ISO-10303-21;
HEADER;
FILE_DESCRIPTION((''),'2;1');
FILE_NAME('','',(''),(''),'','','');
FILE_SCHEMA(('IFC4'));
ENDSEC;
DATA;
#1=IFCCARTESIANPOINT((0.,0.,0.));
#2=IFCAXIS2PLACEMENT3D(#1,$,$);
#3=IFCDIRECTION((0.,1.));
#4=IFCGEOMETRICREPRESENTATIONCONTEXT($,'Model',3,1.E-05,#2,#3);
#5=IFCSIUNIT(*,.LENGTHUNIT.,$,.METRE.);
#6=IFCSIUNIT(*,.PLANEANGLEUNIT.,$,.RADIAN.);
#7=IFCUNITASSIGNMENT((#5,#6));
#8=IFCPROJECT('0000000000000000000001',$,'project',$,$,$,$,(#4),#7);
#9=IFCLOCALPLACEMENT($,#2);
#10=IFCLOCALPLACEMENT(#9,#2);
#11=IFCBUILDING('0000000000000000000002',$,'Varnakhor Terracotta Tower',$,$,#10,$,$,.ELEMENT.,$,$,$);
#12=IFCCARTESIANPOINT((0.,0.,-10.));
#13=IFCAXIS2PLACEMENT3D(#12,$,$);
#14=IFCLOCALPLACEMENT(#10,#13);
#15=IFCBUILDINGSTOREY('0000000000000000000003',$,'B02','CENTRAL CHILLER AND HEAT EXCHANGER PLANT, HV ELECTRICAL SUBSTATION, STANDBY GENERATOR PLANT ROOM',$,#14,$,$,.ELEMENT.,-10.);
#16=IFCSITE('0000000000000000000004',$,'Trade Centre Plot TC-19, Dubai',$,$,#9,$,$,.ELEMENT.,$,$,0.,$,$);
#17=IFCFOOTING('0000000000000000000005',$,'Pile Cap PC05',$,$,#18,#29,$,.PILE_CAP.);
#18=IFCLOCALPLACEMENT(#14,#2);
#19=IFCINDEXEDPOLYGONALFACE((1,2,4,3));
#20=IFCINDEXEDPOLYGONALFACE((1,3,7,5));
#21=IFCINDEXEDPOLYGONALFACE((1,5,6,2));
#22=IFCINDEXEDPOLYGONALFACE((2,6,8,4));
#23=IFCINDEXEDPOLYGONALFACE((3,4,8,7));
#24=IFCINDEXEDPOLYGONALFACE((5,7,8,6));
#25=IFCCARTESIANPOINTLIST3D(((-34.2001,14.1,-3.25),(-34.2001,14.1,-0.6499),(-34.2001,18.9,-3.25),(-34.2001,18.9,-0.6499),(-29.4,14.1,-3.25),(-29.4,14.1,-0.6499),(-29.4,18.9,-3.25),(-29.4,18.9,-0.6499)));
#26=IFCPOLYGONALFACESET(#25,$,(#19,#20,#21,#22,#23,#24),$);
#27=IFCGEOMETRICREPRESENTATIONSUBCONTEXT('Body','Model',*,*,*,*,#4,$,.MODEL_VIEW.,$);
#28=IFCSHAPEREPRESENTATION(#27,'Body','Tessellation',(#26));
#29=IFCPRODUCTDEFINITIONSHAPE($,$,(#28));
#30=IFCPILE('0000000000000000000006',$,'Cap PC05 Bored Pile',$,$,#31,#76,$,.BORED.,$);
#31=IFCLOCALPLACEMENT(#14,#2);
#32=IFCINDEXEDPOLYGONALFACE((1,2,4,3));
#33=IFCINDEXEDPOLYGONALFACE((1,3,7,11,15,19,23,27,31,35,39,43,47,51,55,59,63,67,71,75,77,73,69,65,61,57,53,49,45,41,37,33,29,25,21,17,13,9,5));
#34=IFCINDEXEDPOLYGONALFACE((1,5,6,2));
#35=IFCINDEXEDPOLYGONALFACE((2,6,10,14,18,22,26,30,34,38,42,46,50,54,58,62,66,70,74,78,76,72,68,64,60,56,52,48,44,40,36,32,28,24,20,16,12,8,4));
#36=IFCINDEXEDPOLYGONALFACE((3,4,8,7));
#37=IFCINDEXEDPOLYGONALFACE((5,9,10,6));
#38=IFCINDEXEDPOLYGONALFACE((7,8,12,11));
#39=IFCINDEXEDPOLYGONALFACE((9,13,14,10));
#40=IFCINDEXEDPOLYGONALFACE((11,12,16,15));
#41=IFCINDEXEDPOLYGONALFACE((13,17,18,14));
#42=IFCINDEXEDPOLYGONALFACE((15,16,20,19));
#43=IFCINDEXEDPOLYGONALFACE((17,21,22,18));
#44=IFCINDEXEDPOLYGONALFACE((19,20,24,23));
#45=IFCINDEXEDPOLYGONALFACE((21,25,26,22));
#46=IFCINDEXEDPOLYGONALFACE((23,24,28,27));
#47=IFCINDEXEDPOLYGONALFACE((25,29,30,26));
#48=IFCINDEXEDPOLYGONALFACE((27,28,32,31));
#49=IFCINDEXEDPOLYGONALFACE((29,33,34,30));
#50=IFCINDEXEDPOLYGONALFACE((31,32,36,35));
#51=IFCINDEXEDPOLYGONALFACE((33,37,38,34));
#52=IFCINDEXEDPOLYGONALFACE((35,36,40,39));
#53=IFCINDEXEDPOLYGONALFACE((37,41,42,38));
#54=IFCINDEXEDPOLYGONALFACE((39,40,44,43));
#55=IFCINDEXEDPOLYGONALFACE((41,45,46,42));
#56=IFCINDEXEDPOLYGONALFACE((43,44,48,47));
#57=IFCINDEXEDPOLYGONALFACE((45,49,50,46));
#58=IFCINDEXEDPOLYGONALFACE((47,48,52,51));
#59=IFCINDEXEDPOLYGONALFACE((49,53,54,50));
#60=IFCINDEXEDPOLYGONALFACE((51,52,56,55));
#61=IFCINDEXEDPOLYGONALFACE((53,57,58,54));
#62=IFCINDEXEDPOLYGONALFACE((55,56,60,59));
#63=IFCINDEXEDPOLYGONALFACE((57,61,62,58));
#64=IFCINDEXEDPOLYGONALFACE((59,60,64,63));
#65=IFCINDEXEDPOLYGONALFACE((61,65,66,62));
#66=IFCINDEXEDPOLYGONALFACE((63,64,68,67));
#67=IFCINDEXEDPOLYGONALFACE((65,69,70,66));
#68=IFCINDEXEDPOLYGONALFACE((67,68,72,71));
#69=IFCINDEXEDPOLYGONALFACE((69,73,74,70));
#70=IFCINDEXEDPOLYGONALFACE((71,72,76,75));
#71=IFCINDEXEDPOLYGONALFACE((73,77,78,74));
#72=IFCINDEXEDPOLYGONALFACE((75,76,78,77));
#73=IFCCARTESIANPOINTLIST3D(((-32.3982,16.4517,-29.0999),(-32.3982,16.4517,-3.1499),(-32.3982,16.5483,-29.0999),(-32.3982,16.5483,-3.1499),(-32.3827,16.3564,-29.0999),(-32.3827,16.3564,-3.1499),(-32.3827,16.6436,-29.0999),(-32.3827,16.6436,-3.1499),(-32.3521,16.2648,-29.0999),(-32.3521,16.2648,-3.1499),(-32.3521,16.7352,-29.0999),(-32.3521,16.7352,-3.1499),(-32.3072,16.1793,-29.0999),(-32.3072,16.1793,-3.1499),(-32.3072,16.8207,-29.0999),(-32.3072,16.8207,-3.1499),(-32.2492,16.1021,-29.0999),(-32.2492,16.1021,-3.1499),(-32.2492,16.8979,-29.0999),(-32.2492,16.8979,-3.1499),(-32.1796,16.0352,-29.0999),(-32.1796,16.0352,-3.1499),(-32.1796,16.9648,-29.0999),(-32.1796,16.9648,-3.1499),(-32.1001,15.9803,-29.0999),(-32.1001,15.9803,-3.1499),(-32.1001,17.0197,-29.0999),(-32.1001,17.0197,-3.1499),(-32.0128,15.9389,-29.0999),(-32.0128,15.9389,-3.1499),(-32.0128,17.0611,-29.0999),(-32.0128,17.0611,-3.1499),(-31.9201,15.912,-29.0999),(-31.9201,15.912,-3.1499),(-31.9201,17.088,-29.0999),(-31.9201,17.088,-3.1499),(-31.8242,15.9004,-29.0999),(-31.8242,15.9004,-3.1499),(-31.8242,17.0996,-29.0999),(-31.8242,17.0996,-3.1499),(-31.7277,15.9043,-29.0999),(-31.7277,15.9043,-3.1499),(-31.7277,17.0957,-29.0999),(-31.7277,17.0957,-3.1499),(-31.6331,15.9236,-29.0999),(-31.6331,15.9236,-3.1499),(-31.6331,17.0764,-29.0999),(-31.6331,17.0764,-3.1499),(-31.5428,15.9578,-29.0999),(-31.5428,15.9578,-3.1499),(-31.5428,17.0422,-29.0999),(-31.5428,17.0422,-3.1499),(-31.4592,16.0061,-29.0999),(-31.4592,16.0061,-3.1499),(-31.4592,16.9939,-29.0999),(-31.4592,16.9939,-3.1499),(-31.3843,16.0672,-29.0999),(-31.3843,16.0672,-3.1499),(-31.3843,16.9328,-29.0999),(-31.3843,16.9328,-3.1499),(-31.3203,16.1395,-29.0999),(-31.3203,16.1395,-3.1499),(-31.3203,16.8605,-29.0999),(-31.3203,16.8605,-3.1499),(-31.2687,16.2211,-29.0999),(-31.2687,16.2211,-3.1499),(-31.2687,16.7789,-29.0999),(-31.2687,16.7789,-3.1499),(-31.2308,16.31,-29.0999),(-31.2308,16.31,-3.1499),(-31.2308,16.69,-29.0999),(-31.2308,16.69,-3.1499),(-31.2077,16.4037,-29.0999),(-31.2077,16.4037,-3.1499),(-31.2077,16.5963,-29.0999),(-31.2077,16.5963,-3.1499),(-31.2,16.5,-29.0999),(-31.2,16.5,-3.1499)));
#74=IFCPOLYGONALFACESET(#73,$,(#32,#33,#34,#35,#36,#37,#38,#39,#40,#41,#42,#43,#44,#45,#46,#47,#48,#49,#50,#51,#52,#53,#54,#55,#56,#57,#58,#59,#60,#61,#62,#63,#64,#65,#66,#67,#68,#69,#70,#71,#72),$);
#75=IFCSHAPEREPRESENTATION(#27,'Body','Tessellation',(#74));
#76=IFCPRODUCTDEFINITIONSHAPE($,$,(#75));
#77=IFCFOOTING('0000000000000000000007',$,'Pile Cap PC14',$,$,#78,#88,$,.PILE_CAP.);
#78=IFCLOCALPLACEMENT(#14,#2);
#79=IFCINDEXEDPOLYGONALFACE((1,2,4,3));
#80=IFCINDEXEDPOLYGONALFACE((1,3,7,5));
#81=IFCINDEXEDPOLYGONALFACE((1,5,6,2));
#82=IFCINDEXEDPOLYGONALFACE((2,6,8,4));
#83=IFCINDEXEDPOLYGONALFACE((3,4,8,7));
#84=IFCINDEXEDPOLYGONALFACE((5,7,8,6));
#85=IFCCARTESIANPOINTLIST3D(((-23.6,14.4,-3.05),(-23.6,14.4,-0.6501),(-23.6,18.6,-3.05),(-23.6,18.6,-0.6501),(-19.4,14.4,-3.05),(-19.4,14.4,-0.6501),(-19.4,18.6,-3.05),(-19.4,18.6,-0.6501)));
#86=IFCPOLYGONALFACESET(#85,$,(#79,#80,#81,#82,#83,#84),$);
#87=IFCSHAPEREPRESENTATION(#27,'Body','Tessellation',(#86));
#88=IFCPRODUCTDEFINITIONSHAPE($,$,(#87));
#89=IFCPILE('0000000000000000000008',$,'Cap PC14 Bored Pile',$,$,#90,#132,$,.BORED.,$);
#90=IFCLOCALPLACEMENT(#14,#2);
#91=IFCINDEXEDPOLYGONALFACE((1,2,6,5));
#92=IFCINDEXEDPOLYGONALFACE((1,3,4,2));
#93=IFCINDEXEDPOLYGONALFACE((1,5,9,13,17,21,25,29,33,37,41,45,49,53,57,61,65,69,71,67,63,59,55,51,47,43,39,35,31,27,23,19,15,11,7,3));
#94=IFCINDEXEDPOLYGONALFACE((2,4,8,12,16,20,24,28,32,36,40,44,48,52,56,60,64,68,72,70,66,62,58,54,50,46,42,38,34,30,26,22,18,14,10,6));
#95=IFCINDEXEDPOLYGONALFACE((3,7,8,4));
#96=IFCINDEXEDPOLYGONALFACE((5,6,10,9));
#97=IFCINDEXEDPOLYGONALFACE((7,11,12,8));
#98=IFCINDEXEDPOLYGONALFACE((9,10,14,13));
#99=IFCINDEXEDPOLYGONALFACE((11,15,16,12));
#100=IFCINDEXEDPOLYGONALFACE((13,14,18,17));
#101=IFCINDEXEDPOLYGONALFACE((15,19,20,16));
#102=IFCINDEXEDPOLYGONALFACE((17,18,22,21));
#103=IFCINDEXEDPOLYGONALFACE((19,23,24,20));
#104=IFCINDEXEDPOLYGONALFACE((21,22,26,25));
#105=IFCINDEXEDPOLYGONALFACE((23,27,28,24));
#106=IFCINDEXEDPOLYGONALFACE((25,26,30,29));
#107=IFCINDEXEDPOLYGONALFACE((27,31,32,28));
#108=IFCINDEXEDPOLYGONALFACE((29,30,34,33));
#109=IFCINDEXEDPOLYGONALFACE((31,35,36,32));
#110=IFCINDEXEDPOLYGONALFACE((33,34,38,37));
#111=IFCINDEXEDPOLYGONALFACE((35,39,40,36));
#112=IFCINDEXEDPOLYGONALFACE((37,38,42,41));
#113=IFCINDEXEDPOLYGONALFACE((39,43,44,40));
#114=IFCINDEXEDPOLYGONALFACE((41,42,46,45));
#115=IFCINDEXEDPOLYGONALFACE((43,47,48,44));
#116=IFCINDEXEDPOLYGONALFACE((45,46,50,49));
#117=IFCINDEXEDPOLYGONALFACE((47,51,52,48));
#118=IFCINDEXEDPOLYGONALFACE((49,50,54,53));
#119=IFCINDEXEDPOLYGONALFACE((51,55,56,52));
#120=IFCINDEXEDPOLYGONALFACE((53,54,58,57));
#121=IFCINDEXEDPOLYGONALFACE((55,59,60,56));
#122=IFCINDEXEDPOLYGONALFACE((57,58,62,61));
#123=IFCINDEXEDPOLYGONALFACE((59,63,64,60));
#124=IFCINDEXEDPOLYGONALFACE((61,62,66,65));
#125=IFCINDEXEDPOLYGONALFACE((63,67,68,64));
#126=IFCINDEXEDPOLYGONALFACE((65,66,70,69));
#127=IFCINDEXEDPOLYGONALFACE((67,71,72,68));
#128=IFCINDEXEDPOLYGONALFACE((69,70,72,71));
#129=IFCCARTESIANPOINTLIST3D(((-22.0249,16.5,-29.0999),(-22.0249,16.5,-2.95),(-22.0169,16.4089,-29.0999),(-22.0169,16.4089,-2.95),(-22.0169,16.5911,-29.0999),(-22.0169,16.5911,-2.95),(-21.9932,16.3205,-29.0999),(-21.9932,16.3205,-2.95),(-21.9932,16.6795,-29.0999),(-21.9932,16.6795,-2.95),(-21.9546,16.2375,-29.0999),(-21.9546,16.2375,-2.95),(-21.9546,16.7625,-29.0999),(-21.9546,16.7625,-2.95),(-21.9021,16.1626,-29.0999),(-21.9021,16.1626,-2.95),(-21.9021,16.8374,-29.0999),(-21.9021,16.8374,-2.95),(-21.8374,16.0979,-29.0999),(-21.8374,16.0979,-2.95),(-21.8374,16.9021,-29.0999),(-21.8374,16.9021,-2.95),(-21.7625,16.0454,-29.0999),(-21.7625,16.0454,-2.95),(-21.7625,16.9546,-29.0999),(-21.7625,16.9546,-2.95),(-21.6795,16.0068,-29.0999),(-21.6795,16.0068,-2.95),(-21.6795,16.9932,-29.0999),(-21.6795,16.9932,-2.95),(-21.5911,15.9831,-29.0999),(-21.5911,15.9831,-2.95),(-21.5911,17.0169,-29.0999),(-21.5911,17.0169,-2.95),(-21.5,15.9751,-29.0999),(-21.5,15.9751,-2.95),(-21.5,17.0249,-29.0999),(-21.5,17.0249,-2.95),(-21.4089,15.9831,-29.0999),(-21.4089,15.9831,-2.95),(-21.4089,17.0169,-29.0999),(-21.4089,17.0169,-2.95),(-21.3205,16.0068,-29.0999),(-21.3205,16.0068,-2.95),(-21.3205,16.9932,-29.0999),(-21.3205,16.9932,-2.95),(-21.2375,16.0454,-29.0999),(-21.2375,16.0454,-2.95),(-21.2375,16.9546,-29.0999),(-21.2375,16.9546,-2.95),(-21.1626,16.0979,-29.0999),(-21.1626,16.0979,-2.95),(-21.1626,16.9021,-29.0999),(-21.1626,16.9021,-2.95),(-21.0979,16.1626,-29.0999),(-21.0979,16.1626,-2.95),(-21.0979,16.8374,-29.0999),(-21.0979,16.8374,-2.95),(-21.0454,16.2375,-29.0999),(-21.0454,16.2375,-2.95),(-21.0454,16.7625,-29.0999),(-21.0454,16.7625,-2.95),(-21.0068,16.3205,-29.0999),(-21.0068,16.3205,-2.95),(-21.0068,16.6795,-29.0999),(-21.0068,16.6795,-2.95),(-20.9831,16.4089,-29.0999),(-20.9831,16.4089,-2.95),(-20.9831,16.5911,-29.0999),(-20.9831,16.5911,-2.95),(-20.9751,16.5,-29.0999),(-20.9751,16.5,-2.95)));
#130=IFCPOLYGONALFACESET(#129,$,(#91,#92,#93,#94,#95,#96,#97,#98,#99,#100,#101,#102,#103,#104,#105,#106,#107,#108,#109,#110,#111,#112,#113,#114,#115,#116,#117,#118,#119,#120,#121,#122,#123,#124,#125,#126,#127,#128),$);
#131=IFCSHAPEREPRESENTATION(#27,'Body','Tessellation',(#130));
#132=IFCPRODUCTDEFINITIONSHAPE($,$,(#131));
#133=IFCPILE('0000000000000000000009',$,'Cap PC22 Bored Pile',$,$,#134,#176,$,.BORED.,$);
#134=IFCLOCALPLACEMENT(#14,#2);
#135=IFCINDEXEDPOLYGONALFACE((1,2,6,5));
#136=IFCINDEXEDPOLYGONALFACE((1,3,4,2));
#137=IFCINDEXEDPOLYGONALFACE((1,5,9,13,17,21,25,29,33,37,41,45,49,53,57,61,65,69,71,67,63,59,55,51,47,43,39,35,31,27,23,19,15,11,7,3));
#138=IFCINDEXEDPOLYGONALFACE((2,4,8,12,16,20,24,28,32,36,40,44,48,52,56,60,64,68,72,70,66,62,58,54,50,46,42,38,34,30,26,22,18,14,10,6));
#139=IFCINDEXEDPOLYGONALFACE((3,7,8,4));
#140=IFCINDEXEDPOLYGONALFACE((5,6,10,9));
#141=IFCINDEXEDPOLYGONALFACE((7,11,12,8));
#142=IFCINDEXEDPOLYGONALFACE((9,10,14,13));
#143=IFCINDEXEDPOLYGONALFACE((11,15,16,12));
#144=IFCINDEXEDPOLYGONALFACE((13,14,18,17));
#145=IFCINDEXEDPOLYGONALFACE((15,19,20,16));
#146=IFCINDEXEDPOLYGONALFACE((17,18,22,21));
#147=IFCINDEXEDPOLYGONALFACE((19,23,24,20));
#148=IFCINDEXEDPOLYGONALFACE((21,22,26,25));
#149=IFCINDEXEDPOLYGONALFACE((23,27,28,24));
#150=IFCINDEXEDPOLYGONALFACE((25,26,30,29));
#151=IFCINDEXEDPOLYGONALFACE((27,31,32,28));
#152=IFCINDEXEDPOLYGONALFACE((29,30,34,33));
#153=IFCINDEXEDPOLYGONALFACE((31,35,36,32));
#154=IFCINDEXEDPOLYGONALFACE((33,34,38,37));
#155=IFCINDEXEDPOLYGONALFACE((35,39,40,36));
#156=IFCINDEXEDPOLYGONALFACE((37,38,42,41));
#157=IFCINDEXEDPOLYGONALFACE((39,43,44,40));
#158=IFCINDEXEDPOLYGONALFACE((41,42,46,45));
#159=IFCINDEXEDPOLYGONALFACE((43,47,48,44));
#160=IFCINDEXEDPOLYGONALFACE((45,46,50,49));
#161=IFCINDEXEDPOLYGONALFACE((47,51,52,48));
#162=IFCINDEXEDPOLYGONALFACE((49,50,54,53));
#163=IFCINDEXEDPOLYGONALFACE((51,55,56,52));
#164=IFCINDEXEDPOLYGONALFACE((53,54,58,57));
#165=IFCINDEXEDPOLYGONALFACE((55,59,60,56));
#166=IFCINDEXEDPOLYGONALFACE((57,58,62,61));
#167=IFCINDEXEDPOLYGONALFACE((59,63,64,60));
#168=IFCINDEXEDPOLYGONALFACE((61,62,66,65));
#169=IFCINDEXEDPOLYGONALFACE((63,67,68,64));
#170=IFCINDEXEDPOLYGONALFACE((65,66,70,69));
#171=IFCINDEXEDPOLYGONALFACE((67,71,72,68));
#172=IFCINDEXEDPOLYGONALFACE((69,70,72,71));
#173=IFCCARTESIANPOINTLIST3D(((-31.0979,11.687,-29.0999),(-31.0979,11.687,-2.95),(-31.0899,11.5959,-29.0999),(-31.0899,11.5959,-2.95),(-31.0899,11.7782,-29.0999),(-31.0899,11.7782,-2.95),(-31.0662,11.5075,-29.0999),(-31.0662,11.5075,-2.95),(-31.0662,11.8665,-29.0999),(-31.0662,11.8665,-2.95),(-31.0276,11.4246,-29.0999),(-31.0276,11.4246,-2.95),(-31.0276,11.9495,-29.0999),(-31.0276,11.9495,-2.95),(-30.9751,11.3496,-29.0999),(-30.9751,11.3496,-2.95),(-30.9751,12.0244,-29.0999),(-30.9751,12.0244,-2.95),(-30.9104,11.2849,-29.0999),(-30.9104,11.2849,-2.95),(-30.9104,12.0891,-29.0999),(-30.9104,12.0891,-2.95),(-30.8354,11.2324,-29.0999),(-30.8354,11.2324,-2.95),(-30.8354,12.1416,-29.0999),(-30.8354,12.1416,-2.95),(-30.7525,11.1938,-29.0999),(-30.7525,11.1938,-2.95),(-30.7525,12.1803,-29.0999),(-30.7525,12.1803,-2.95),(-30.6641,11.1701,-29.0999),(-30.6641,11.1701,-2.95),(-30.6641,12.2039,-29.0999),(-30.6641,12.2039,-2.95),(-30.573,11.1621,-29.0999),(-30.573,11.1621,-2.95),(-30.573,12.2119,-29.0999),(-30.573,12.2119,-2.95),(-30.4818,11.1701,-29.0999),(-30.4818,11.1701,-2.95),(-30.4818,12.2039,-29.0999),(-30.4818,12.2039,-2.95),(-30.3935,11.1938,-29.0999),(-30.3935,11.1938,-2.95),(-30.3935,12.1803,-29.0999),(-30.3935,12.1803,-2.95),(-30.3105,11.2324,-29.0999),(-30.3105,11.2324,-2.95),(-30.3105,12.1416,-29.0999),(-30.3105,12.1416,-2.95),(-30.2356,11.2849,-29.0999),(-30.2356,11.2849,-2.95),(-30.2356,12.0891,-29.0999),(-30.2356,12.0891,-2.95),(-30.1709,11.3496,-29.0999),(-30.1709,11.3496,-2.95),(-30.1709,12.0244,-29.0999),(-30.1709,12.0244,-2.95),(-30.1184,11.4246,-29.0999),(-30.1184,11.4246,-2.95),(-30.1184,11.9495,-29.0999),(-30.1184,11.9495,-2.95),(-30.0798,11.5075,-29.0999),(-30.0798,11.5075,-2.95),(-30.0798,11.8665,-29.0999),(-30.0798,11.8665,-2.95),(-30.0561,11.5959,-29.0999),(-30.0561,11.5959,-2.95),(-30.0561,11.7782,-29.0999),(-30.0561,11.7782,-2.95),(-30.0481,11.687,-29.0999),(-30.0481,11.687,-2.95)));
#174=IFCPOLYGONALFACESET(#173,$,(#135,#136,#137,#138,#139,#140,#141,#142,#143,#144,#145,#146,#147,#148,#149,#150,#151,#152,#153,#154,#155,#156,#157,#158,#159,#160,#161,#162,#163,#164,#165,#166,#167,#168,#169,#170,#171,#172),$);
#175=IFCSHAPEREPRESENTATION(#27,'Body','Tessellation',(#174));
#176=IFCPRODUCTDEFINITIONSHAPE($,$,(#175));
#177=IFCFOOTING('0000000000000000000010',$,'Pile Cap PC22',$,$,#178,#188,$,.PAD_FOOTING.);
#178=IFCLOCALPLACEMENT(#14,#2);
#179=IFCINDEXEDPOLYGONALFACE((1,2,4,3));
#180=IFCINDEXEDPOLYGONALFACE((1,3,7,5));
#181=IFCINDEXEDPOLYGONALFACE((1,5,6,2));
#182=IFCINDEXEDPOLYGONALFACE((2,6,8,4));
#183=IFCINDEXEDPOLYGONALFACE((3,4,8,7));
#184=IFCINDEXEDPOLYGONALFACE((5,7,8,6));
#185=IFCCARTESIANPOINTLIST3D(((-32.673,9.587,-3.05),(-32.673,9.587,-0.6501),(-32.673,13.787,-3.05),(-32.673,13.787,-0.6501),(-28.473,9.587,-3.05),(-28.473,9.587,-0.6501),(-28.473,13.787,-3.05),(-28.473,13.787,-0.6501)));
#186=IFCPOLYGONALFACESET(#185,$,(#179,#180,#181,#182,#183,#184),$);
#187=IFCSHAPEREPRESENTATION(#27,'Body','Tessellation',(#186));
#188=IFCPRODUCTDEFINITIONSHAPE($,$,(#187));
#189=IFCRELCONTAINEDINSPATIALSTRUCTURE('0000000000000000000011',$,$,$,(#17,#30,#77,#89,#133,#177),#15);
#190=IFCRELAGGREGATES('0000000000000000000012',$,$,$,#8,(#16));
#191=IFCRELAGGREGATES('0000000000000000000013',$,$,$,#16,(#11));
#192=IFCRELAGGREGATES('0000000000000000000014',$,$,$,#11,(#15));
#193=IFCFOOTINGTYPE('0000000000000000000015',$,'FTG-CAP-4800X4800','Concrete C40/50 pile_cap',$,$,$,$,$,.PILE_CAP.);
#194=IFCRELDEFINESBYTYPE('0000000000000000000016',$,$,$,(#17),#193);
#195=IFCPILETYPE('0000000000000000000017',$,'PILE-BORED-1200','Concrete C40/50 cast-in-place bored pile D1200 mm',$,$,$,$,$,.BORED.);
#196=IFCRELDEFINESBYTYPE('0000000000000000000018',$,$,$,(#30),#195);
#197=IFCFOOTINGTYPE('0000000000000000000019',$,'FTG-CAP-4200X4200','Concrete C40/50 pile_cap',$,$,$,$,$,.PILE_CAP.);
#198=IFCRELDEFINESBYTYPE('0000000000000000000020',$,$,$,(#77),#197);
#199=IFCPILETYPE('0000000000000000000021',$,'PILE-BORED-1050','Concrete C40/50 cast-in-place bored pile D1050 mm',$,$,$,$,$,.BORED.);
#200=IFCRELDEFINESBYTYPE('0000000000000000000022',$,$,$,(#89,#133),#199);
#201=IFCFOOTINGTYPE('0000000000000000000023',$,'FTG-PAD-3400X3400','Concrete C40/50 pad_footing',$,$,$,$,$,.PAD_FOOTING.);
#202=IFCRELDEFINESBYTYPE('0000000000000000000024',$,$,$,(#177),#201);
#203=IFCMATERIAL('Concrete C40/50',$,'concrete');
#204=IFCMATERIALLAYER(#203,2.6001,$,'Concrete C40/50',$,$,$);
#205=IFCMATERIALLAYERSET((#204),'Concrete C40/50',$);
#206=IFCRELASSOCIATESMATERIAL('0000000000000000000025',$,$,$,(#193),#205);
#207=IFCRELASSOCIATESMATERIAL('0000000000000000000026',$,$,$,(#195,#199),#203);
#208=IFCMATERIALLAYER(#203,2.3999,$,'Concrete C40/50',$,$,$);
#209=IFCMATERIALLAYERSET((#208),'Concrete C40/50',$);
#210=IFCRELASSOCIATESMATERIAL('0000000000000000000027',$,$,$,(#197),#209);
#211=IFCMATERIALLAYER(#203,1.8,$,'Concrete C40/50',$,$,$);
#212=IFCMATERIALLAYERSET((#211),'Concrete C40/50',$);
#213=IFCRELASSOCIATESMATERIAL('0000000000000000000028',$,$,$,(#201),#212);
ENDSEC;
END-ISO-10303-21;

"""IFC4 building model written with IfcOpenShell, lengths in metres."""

from ifc_helpers import new_model, si_unit, direction, frame, origin, origin_2d, place, context, subcontext, project, spatial, rectangle, circle, extrude, source, transform, mapped, material, layer, layer_set, material_profile, profile_set, type_object, type_shapes, element, save


model = new_model("IFC4")

# Units and contexts
model_context = context("Model", 3, precision=1e-05, world=origin(), true_north=direction((0.0, 1.0)))
body_context = subcontext(model_context, "Body", "Model", "MODEL_VIEW")
ifc_project = project(units=[si_unit("LENGTHUNIT", "METRE"), si_unit("PLANEANGLEUNIT", "RADIAN")], contexts=[model_context])

# Site, building, storey
site_placement = place(None, origin())
site = spatial("IfcSite", under=ifc_project, at=site_placement, Name="Trade Centre Plot TC-19, Dubai", CompositionType="ELEMENT", RefElevation=0.0)
building_placement = place(site_placement, origin())
building = spatial("IfcBuilding", under=site, at=building_placement, Name="Varnakhor Terracotta Tower", CompositionType="ELEMENT")
storey_placement = place(building_placement, frame((0.0, 0.0, -10.0)))
storey = spatial("IfcBuildingStorey", under=building, at=storey_placement, Name="B02", Description="CENTRAL CHILLER AND HEAT EXCHANGER PLANT, HV ELECTRICAL SUBSTATION, STANDBY GENERATOR PLANT ROOM", CompositionType="ELEMENT", Elevation=-10.0)

# Footing
ifc_material_1 = material(Name="Concrete C40/50", Category="concrete")
ifc_layer_1 = layer(ifc_material_1, 2.6001, Name="Concrete C40/50")
ifc_layer_set_1 = layer_set([ifc_layer_1], Name="Concrete C40/50")
footing_type_1 = type_object("IfcFootingType", Name="FTG-CAP-4800X4800", Description="Concrete C40/50 pile_cap", PredefinedType="PILE_CAP", material=ifc_layer_set_1)
shared_shape_1 = source(origin(), body_context, "Body", "SweptSolid", [
    extrude(rectangle(XDim=4.8, YDim=4.8, at=origin_2d()), origin(), (0.0, 0.0, 1.0), 2.6001),
])
type_shapes(footing_type_1, [shared_shape_1])
footing_1_placement = place(storey_placement, frame((-31.8, 16.5, -3.25), z_axis=(0.0, 0.0, 1.0), x_axis=(1.0, 0.0, 0.0)))
element("IfcFooting", 1, at=footing_1_placement, inside=storey, type_object=footing_type_1, Name="Pile Cap PC05", PredefinedType="PILE_CAP", context=body_context, shape_type="MappedRepresentation", body=[
    mapped(shared_shape_1, transform((0.0, 0.0, 0.0), scale=1.0)),
])

# Pile
ifc_material_profile_1 = material_profile(ifc_material_1, circle(Radius=0.6001, at=origin_2d()), Name="BORED PILE D1200")
ifc_profile_set_1 = profile_set([ifc_material_profile_1], Name="Concrete C40/50")
pile_type_1 = type_object("IfcPileType", Name="PILE-BORED-1200", Description="Concrete C40/50 cast-in-place bored pile D1200 mm", PredefinedType="BORED", material=ifc_profile_set_1)
shared_shape_2 = source(origin(), body_context, "Body", "SweptSolid", [
    extrude(circle(Radius=0.6001, at=origin_2d()), origin(), (0.0, 0.0, 1.0), 25.95),
])
type_shapes(pile_type_1, [shared_shape_2])
pile_placement = place(storey_placement, frame((-31.8, 16.5, -3.1499), z_axis=(0.0, 0.0, -1.0), x_axis=(1.0, 0.0, 0.0)))
element("IfcPile", 2, at=pile_placement, inside=storey, type_object=pile_type_1, Name="Cap PC05 Bored Pile", PredefinedType="BORED", context=body_context, shape_type="MappedRepresentation", body=[
    mapped(shared_shape_2, transform((0.0, 0.0, 0.0), scale=1.0)),
])

# Footing
ifc_layer_2 = layer(ifc_material_1, 2.3999, Name="Concrete C40/50")
ifc_layer_set_2 = layer_set([ifc_layer_2], Name="Concrete C40/50")
footing_type_2 = type_object("IfcFootingType", Name="FTG-CAP-4200X4200", Description="Concrete C40/50 pile_cap", PredefinedType="PILE_CAP", material=ifc_layer_set_2)
shared_shape_3 = source(origin(), body_context, "Body", "SweptSolid", [
    extrude(rectangle(XDim=4.2, YDim=4.2, at=origin_2d()), origin(), (0.0, 0.0, 1.0), 2.3999),
])
type_shapes(footing_type_2, [shared_shape_3])
footing_2_placement = place(storey_placement, frame((-21.5, 16.5, -3.05), z_axis=(0.0, 0.0, 1.0), x_axis=(1.0, 0.0, 0.0)))
element("IfcFooting", 3, at=footing_2_placement, inside=storey, type_object=footing_type_2, Name="Pile Cap PC14", PredefinedType="PILE_CAP", context=body_context, shape_type="MappedRepresentation", body=[
    mapped(shared_shape_3, transform((0.0, 0.0, 0.0), scale=1.0)),
])

# Piles
ifc_material_profile_2 = material_profile(ifc_material_1, circle(Radius=0.5249, at=origin_2d()), Name="BORED PILE D1050")
ifc_profile_set_2 = profile_set([ifc_material_profile_2], Name="Concrete C40/50")
pile_type_2 = type_object("IfcPileType", Name="PILE-BORED-1050", Description="Concrete C40/50 cast-in-place bored pile D1050 mm", PredefinedType="BORED", material=ifc_profile_set_2)
shared_shape_4 = source(origin(), body_context, "Body", "SweptSolid", [
    extrude(circle(Radius=0.5249, at=origin_2d()), origin(), (0.0, 0.0, 1.0), 26.1499),
])
type_shapes(pile_type_2, [shared_shape_4])
for number, where, z_axis, x_axis, name in (
    (4, (-21.5, 16.5, -2.95), (0.0, 0.0, -1.0), (1.0, 0.0, 0.0), "Cap PC14 Bored Pile"),
    (5, (-30.573, 11.687, -2.95), (0.0, 0.0, -1.0), (1.0, 0.0, 0.0), "Cap PC22 Bored Pile"),
):
    element("IfcPile", number, at=place(storey_placement, frame(where, z_axis=z_axis, x_axis=x_axis)), inside=storey, type_object=pile_type_2, Name=name, PredefinedType="BORED", context=body_context, shape_type="MappedRepresentation", body=[
        mapped(shared_shape_4, transform((0.0, 0.0, 0.0), scale=1.0)),
    ])

# Footing
ifc_layer_3 = layer(ifc_material_1, 1.8, Name="Concrete C40/50")
ifc_layer_set_3 = layer_set([ifc_layer_3], Name="Concrete C40/50")
footing_type_3 = type_object("IfcFootingType", Name="FTG-PAD-3400X3400", Description="Concrete C40/50 pad_footing", PredefinedType="PAD_FOOTING", material=ifc_layer_set_3)
shared_shape_5 = source(origin(), body_context, "Body", "SweptSolid", [
    extrude(rectangle(XDim=4.2, YDim=4.2, at=origin_2d()), origin(), (0.0, 0.0, 1.0), 2.3999),
])
type_shapes(footing_type_3, [shared_shape_5])
footing_3_placement = place(storey_placement, frame((-30.573, 11.687, -3.05), z_axis=(0.0, 0.0, 1.0), x_axis=(1.0, 0.0, 0.0)))
element("IfcFooting", 6, at=footing_3_placement, inside=storey, type_object=footing_type_3, Name="Pile Cap PC22", PredefinedType="PAD_FOOTING", context=body_context, shape_type="MappedRepresentation", body=[
    mapped(shared_shape_5, transform((0.0, 0.0, 0.0), scale=1.0)),
])

save(model, "model.ifc")
